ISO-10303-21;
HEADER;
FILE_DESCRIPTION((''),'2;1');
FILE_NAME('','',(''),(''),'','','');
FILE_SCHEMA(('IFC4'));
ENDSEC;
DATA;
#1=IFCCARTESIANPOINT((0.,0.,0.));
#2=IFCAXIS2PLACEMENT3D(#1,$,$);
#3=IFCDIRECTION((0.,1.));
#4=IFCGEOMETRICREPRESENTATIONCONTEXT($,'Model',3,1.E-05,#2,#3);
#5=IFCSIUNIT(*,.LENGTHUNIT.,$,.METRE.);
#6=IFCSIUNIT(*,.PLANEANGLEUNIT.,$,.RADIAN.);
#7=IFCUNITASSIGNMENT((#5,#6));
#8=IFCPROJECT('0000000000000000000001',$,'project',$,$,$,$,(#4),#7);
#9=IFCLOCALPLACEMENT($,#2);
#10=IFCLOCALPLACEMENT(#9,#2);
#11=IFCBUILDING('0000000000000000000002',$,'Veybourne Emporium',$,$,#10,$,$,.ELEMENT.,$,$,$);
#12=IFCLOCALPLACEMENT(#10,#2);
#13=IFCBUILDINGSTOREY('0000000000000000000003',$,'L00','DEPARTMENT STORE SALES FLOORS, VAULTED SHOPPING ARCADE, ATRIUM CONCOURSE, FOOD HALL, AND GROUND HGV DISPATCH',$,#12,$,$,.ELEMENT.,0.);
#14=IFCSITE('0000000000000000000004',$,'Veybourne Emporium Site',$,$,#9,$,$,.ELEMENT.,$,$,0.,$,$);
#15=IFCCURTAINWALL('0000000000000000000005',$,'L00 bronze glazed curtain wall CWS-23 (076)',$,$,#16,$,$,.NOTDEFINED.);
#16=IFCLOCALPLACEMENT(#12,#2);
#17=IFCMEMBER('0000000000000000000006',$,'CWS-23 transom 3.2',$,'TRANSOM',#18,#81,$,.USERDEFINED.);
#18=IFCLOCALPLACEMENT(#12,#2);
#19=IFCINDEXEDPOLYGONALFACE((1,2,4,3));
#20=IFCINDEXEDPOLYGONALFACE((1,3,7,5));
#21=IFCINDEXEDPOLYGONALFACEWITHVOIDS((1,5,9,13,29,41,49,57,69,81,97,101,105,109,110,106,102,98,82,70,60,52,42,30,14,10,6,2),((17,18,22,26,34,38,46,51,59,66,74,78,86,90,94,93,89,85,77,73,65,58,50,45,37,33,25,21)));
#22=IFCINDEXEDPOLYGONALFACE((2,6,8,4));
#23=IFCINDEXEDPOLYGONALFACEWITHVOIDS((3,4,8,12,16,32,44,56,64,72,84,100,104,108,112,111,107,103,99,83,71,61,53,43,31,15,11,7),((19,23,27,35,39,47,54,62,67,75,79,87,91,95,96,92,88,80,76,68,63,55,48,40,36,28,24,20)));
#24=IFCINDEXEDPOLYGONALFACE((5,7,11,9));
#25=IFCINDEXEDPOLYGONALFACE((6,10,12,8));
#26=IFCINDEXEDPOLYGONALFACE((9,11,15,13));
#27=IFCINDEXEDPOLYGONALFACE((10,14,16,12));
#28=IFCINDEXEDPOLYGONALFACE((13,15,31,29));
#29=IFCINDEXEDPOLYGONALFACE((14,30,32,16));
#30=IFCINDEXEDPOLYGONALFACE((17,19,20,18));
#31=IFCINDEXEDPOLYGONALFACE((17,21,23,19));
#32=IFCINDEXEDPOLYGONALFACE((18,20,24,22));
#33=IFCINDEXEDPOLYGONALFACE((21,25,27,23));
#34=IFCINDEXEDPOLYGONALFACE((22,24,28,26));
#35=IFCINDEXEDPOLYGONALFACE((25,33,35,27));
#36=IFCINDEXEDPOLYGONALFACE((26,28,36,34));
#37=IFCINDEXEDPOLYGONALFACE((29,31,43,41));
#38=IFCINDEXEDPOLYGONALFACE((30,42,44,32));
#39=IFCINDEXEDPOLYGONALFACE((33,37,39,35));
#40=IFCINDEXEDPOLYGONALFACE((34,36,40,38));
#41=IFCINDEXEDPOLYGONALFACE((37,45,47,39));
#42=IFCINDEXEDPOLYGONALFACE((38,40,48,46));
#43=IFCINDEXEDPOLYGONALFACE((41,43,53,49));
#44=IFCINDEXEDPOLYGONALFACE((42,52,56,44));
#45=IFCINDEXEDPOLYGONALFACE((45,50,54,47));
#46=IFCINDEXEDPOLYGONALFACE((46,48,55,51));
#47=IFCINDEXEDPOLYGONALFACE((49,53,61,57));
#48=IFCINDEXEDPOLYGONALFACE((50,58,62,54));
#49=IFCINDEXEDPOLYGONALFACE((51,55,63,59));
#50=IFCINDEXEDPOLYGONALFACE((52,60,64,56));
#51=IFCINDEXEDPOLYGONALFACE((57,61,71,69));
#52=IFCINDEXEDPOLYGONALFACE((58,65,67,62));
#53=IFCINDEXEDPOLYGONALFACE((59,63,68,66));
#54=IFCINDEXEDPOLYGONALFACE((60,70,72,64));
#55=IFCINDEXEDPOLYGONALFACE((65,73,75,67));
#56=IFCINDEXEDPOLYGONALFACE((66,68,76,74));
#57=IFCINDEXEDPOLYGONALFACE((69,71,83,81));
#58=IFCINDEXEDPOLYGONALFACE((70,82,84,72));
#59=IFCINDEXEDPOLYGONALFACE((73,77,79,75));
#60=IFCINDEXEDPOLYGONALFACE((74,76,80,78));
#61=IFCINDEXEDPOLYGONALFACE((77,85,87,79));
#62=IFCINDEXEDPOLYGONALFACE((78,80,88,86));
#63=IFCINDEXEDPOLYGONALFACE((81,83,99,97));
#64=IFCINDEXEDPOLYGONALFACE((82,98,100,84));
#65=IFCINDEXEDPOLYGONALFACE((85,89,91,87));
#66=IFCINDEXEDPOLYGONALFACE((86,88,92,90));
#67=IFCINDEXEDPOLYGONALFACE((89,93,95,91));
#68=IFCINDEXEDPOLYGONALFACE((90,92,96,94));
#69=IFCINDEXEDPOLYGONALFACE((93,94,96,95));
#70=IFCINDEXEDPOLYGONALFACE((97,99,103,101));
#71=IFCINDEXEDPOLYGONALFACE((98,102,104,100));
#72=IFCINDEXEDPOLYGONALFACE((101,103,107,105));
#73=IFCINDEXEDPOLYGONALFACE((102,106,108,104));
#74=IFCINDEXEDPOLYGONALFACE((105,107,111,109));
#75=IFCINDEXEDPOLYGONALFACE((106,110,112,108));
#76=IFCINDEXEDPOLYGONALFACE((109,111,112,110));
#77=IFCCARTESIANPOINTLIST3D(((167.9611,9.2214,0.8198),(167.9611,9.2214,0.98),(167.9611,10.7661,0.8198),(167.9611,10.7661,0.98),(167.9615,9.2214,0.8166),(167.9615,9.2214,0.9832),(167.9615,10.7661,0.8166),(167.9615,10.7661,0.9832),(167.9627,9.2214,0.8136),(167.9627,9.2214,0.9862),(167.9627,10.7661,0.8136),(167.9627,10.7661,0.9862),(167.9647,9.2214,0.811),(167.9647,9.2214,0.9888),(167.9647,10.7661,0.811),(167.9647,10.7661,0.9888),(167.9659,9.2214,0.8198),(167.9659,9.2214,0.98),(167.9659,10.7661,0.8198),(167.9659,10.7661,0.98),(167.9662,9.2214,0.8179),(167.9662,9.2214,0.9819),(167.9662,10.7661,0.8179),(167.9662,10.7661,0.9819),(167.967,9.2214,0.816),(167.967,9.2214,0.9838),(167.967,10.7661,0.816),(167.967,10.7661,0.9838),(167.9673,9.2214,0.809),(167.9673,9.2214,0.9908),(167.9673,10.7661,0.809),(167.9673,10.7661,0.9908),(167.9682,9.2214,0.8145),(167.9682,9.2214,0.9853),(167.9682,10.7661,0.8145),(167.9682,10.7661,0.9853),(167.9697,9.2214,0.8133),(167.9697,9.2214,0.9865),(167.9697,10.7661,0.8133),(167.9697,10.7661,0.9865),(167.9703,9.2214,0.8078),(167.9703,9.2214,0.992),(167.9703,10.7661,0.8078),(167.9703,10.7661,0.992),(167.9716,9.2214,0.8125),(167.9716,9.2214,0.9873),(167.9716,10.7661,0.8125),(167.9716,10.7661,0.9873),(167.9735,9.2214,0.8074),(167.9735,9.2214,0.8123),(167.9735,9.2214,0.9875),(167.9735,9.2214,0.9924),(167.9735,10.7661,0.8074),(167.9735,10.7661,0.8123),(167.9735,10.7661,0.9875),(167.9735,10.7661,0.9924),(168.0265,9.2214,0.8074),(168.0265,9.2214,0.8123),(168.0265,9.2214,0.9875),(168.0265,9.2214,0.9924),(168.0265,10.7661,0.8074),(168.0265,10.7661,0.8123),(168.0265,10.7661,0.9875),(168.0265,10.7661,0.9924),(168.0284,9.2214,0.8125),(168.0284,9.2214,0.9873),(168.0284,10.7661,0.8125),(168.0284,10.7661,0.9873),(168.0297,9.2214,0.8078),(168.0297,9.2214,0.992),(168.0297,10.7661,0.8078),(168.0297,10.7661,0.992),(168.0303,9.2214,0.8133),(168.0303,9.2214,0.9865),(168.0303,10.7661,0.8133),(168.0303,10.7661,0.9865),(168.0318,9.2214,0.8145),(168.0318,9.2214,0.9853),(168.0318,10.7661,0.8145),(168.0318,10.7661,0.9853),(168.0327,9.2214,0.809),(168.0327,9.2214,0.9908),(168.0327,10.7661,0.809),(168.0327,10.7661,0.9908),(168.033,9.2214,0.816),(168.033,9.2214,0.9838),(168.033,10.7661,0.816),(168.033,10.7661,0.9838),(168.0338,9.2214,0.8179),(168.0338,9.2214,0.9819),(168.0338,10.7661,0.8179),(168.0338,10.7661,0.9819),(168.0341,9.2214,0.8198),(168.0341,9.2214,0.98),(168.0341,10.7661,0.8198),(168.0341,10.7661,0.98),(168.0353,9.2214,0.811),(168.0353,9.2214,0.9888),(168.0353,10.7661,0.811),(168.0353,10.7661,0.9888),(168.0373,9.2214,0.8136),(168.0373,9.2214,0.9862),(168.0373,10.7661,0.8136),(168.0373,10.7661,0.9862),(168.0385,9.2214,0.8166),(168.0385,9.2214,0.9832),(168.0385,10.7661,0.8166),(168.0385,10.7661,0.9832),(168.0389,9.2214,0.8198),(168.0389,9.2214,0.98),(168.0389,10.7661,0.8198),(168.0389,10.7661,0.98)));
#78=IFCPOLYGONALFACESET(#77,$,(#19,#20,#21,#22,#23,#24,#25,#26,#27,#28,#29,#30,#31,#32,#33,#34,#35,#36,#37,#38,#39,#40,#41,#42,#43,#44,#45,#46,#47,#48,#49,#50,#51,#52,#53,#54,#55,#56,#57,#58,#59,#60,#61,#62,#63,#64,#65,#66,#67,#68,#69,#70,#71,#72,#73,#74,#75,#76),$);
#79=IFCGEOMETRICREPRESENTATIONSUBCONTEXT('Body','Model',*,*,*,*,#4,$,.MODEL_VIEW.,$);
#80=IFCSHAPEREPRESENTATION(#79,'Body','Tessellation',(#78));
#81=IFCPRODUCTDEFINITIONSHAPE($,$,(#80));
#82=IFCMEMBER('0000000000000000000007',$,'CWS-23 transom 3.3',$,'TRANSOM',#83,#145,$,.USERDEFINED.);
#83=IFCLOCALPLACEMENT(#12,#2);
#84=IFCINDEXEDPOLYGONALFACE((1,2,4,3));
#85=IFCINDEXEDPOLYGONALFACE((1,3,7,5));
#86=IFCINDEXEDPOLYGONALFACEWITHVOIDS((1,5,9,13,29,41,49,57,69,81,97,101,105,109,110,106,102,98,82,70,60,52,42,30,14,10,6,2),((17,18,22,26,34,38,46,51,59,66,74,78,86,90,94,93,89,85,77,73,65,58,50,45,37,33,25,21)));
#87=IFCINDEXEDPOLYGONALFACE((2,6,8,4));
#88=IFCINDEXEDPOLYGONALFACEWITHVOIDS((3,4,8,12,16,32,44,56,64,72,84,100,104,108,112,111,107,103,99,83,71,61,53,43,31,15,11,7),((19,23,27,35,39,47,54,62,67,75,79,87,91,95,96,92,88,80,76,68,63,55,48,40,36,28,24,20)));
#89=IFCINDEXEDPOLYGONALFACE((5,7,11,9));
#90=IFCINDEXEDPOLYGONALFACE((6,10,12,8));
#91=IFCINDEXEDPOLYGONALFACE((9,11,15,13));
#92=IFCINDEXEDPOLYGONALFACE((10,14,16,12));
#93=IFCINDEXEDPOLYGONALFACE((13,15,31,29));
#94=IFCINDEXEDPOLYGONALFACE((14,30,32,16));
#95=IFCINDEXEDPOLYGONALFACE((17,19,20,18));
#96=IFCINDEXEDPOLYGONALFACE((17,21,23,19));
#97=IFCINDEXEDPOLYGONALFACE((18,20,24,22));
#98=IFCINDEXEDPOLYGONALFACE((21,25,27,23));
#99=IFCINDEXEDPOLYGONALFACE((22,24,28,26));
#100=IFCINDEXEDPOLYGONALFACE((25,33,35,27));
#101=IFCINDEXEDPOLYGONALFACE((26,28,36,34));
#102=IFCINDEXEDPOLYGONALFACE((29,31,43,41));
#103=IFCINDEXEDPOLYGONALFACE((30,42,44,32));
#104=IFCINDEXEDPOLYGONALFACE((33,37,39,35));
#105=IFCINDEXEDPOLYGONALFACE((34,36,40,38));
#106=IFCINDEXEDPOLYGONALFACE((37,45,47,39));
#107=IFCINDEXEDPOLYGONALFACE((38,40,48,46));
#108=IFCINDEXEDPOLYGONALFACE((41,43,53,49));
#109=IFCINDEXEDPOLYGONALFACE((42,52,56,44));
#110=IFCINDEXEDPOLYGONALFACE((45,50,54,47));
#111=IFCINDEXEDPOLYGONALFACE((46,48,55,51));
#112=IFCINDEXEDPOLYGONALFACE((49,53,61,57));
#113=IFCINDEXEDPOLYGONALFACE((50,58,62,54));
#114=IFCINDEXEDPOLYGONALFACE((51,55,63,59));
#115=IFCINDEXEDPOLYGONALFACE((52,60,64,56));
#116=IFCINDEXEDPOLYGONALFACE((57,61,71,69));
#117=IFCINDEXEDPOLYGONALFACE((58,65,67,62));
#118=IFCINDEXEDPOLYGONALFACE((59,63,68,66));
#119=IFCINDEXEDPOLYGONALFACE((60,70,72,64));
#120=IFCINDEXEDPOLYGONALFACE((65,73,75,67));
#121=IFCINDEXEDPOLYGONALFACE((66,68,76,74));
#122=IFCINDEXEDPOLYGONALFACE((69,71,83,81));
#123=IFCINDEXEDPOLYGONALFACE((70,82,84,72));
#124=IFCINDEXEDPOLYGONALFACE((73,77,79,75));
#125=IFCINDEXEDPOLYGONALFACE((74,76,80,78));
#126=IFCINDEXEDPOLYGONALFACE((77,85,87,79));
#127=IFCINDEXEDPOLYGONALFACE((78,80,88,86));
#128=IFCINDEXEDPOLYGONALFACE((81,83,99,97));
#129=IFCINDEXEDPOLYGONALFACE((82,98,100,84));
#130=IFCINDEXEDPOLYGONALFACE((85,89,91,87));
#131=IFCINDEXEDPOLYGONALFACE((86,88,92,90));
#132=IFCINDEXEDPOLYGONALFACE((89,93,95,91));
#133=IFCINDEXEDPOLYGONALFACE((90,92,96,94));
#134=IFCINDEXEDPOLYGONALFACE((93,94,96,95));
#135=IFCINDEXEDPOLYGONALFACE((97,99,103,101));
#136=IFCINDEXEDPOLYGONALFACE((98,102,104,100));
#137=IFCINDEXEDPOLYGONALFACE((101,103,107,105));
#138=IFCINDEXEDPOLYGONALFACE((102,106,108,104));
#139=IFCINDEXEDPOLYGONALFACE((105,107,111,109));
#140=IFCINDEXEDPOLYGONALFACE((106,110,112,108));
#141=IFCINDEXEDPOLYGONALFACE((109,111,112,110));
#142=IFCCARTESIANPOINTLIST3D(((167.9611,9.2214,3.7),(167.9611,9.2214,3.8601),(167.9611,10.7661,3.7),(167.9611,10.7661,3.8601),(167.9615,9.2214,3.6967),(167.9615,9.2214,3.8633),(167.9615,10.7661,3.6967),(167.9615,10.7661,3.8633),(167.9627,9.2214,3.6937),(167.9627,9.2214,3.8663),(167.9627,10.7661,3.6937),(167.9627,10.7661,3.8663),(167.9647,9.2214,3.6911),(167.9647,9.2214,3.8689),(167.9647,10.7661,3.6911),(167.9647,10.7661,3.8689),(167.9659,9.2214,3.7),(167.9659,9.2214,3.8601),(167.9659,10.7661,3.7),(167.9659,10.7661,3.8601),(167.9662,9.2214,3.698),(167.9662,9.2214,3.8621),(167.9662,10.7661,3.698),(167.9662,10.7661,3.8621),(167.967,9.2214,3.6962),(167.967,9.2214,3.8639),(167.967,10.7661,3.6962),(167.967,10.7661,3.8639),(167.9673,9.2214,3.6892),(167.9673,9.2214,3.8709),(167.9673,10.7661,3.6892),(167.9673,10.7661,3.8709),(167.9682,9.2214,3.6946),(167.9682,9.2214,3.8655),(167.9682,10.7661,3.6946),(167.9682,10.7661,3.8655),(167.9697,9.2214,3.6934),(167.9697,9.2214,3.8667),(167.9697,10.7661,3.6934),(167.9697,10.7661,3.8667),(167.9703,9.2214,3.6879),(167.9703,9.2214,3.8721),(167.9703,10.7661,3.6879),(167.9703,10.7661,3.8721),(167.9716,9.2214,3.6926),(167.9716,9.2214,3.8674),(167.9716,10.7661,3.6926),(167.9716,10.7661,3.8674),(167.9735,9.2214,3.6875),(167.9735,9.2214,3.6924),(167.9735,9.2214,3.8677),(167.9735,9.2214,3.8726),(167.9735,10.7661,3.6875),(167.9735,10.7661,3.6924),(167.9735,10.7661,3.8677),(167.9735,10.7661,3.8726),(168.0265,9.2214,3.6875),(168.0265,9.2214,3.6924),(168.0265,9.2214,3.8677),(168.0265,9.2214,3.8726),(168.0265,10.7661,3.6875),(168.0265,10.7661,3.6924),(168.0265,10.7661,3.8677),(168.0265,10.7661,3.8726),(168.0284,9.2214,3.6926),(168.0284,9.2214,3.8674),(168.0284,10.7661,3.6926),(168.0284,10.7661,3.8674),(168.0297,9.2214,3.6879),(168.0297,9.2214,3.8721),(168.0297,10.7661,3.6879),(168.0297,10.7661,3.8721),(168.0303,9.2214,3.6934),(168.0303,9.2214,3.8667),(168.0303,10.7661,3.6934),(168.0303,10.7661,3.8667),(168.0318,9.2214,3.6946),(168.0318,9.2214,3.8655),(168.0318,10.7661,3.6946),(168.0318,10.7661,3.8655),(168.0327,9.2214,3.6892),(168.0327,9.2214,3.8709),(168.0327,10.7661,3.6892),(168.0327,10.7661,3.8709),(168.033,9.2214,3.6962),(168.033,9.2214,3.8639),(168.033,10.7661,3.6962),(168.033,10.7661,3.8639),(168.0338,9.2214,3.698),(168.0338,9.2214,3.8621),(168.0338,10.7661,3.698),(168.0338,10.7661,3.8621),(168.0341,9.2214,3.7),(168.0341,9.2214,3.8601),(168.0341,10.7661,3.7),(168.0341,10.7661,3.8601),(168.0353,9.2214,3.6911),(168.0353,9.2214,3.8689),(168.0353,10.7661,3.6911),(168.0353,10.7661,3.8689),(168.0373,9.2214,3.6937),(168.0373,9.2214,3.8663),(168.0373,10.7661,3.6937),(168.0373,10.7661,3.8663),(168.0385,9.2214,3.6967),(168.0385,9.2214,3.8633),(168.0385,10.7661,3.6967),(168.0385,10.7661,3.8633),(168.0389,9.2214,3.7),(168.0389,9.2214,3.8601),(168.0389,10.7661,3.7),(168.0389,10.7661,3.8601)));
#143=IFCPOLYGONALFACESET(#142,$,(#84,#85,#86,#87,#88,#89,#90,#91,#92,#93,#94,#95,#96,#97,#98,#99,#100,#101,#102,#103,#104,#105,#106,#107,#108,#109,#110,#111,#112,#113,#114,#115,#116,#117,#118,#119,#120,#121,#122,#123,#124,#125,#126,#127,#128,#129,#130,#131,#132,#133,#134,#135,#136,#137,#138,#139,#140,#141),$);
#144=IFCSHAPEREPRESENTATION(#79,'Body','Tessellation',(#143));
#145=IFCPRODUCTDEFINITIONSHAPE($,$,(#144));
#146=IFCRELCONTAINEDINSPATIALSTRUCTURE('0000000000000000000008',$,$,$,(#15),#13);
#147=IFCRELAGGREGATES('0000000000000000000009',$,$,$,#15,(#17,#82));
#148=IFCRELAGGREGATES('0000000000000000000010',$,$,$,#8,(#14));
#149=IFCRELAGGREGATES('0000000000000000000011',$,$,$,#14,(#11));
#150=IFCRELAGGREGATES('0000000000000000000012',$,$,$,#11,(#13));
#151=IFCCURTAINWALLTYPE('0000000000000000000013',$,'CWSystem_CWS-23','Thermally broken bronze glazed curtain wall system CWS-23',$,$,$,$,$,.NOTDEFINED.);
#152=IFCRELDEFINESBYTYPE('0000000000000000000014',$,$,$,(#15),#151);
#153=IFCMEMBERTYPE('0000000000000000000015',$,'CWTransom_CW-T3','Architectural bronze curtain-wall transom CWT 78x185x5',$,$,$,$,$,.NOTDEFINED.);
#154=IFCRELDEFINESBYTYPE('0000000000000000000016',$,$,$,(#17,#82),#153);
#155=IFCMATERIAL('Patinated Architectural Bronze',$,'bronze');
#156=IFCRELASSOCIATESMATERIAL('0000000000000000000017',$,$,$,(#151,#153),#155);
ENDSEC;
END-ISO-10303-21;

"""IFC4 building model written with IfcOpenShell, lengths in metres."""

from ifc_helpers import new_model, si_unit, direction, frame, origin, origin_2d, place, context, subcontext, project, spatial, hollow_rectangle, extrude, material, material_profile, profile_set, type_object, element, aggregate, save


model = new_model("IFC4")

# Units and contexts
model_context = context("Model", 3, precision=1e-05, world=origin(), true_north=direction((0.0, 1.0)))
body_context = subcontext(model_context, "Body", "Model", "MODEL_VIEW")
ifc_project = project(units=[si_unit("LENGTHUNIT", "METRE"), si_unit("PLANEANGLEUNIT", "RADIAN")], contexts=[model_context])

# Site, building, storey
site_placement = place(None, origin())
site = spatial("IfcSite", under=ifc_project, at=site_placement, Name="Veybourne Emporium Site", CompositionType="ELEMENT", RefElevation=0.0)
building_placement = place(site_placement, origin())
building = spatial("IfcBuilding", under=site, at=building_placement, Name="Veybourne Emporium", CompositionType="ELEMENT")
storey_placement = place(building_placement, origin())
storey = spatial("IfcBuildingStorey", under=building, at=storey_placement, Name="L00", Description="DEPARTMENT STORE SALES FLOORS, VAULTED SHOPPING ARCADE, ATRIUM CONCOURSE, FOOD HALL, AND GROUND HGV DISPATCH", CompositionType="ELEMENT", Elevation=0.0)

# Curtain wall
ifc_material_1 = material(Name="Patinated Architectural Bronze", Category="bronze")
curtain_wall_type_1 = type_object("IfcCurtainWallType", Name="CWSystem_CWS-23", Description="Thermally broken bronze glazed curtain wall system CWS-23", PredefinedType="NOTDEFINED", material=ifc_material_1)
curtain_wall_1_placement = place(storey_placement, origin())
curtain_wall_1 = element("IfcCurtainWall", 1, at=curtain_wall_1_placement, inside=storey, type_object=curtain_wall_type_1, Name="L00 bronze glazed curtain wall CWS-23 (076)", PredefinedType="NOTDEFINED")

# Members
ifc_material_profile_1 = material_profile(ifc_material_1, hollow_rectangle(XDim=0.0779, YDim=0.1851, WallThickness=0.0049, InnerFilletRadius=0.0076, OuterFilletRadius=0.0125, at=origin_2d()), Name="CWT 78x185x5")
ifc_profile_set_1 = profile_set([ifc_material_profile_1], Name="Patinated Architectural Bronze")
member_type_1 = type_object("IfcMemberType", Name="CWTransom_CW-T3", Description="Architectural bronze curtain-wall transom CWT 78x185x5", PredefinedType="NOTDEFINED", material=ifc_profile_set_1)
member_1_placement = place(storey_placement, frame((168.0, 10.7661, 0.8999), z_axis=(0.0, -1.0, 0.0), x_axis=(1.0, 0.0, 0.0)))
member_1 = element("IfcMember", 2, at=member_1_placement, type_object=member_type_1, Name="CWS-23 transom 3.2", ObjectType="TRANSOM", PredefinedType="USERDEFINED", context=body_context, shape_type="SweptSolid", body=[
    extrude(hollow_rectangle(XDim=0.0779, YDim=0.1851, WallThickness=0.0049, InnerFilletRadius=0.0076, OuterFilletRadius=0.0125, at=origin_2d()), origin(), (0.0, 0.0, 1.0), 1.5447),
])
member_2_placement = place(storey_placement, frame((168.0, 10.7661, 3.78), z_axis=(0.0, -1.0, 0.0), x_axis=(1.0, 0.0, 0.0)))
member_2 = element("IfcMember", 3, at=member_2_placement, type_object=member_type_1, Name="CWS-23 transom 3.3", ObjectType="TRANSOM", PredefinedType="USERDEFINED", context=body_context, shape_type="SweptSolid", body=[
    extrude(hollow_rectangle(XDim=0.0779, YDim=0.1851, WallThickness=0.0049, InnerFilletRadius=0.0076, OuterFilletRadius=0.0125, at=origin_2d()), origin(), (0.0, 0.0, 1.0), 1.5447),
])

aggregate(curtain_wall_1, [member_1, member_2])

save(model, "model.ifc")
